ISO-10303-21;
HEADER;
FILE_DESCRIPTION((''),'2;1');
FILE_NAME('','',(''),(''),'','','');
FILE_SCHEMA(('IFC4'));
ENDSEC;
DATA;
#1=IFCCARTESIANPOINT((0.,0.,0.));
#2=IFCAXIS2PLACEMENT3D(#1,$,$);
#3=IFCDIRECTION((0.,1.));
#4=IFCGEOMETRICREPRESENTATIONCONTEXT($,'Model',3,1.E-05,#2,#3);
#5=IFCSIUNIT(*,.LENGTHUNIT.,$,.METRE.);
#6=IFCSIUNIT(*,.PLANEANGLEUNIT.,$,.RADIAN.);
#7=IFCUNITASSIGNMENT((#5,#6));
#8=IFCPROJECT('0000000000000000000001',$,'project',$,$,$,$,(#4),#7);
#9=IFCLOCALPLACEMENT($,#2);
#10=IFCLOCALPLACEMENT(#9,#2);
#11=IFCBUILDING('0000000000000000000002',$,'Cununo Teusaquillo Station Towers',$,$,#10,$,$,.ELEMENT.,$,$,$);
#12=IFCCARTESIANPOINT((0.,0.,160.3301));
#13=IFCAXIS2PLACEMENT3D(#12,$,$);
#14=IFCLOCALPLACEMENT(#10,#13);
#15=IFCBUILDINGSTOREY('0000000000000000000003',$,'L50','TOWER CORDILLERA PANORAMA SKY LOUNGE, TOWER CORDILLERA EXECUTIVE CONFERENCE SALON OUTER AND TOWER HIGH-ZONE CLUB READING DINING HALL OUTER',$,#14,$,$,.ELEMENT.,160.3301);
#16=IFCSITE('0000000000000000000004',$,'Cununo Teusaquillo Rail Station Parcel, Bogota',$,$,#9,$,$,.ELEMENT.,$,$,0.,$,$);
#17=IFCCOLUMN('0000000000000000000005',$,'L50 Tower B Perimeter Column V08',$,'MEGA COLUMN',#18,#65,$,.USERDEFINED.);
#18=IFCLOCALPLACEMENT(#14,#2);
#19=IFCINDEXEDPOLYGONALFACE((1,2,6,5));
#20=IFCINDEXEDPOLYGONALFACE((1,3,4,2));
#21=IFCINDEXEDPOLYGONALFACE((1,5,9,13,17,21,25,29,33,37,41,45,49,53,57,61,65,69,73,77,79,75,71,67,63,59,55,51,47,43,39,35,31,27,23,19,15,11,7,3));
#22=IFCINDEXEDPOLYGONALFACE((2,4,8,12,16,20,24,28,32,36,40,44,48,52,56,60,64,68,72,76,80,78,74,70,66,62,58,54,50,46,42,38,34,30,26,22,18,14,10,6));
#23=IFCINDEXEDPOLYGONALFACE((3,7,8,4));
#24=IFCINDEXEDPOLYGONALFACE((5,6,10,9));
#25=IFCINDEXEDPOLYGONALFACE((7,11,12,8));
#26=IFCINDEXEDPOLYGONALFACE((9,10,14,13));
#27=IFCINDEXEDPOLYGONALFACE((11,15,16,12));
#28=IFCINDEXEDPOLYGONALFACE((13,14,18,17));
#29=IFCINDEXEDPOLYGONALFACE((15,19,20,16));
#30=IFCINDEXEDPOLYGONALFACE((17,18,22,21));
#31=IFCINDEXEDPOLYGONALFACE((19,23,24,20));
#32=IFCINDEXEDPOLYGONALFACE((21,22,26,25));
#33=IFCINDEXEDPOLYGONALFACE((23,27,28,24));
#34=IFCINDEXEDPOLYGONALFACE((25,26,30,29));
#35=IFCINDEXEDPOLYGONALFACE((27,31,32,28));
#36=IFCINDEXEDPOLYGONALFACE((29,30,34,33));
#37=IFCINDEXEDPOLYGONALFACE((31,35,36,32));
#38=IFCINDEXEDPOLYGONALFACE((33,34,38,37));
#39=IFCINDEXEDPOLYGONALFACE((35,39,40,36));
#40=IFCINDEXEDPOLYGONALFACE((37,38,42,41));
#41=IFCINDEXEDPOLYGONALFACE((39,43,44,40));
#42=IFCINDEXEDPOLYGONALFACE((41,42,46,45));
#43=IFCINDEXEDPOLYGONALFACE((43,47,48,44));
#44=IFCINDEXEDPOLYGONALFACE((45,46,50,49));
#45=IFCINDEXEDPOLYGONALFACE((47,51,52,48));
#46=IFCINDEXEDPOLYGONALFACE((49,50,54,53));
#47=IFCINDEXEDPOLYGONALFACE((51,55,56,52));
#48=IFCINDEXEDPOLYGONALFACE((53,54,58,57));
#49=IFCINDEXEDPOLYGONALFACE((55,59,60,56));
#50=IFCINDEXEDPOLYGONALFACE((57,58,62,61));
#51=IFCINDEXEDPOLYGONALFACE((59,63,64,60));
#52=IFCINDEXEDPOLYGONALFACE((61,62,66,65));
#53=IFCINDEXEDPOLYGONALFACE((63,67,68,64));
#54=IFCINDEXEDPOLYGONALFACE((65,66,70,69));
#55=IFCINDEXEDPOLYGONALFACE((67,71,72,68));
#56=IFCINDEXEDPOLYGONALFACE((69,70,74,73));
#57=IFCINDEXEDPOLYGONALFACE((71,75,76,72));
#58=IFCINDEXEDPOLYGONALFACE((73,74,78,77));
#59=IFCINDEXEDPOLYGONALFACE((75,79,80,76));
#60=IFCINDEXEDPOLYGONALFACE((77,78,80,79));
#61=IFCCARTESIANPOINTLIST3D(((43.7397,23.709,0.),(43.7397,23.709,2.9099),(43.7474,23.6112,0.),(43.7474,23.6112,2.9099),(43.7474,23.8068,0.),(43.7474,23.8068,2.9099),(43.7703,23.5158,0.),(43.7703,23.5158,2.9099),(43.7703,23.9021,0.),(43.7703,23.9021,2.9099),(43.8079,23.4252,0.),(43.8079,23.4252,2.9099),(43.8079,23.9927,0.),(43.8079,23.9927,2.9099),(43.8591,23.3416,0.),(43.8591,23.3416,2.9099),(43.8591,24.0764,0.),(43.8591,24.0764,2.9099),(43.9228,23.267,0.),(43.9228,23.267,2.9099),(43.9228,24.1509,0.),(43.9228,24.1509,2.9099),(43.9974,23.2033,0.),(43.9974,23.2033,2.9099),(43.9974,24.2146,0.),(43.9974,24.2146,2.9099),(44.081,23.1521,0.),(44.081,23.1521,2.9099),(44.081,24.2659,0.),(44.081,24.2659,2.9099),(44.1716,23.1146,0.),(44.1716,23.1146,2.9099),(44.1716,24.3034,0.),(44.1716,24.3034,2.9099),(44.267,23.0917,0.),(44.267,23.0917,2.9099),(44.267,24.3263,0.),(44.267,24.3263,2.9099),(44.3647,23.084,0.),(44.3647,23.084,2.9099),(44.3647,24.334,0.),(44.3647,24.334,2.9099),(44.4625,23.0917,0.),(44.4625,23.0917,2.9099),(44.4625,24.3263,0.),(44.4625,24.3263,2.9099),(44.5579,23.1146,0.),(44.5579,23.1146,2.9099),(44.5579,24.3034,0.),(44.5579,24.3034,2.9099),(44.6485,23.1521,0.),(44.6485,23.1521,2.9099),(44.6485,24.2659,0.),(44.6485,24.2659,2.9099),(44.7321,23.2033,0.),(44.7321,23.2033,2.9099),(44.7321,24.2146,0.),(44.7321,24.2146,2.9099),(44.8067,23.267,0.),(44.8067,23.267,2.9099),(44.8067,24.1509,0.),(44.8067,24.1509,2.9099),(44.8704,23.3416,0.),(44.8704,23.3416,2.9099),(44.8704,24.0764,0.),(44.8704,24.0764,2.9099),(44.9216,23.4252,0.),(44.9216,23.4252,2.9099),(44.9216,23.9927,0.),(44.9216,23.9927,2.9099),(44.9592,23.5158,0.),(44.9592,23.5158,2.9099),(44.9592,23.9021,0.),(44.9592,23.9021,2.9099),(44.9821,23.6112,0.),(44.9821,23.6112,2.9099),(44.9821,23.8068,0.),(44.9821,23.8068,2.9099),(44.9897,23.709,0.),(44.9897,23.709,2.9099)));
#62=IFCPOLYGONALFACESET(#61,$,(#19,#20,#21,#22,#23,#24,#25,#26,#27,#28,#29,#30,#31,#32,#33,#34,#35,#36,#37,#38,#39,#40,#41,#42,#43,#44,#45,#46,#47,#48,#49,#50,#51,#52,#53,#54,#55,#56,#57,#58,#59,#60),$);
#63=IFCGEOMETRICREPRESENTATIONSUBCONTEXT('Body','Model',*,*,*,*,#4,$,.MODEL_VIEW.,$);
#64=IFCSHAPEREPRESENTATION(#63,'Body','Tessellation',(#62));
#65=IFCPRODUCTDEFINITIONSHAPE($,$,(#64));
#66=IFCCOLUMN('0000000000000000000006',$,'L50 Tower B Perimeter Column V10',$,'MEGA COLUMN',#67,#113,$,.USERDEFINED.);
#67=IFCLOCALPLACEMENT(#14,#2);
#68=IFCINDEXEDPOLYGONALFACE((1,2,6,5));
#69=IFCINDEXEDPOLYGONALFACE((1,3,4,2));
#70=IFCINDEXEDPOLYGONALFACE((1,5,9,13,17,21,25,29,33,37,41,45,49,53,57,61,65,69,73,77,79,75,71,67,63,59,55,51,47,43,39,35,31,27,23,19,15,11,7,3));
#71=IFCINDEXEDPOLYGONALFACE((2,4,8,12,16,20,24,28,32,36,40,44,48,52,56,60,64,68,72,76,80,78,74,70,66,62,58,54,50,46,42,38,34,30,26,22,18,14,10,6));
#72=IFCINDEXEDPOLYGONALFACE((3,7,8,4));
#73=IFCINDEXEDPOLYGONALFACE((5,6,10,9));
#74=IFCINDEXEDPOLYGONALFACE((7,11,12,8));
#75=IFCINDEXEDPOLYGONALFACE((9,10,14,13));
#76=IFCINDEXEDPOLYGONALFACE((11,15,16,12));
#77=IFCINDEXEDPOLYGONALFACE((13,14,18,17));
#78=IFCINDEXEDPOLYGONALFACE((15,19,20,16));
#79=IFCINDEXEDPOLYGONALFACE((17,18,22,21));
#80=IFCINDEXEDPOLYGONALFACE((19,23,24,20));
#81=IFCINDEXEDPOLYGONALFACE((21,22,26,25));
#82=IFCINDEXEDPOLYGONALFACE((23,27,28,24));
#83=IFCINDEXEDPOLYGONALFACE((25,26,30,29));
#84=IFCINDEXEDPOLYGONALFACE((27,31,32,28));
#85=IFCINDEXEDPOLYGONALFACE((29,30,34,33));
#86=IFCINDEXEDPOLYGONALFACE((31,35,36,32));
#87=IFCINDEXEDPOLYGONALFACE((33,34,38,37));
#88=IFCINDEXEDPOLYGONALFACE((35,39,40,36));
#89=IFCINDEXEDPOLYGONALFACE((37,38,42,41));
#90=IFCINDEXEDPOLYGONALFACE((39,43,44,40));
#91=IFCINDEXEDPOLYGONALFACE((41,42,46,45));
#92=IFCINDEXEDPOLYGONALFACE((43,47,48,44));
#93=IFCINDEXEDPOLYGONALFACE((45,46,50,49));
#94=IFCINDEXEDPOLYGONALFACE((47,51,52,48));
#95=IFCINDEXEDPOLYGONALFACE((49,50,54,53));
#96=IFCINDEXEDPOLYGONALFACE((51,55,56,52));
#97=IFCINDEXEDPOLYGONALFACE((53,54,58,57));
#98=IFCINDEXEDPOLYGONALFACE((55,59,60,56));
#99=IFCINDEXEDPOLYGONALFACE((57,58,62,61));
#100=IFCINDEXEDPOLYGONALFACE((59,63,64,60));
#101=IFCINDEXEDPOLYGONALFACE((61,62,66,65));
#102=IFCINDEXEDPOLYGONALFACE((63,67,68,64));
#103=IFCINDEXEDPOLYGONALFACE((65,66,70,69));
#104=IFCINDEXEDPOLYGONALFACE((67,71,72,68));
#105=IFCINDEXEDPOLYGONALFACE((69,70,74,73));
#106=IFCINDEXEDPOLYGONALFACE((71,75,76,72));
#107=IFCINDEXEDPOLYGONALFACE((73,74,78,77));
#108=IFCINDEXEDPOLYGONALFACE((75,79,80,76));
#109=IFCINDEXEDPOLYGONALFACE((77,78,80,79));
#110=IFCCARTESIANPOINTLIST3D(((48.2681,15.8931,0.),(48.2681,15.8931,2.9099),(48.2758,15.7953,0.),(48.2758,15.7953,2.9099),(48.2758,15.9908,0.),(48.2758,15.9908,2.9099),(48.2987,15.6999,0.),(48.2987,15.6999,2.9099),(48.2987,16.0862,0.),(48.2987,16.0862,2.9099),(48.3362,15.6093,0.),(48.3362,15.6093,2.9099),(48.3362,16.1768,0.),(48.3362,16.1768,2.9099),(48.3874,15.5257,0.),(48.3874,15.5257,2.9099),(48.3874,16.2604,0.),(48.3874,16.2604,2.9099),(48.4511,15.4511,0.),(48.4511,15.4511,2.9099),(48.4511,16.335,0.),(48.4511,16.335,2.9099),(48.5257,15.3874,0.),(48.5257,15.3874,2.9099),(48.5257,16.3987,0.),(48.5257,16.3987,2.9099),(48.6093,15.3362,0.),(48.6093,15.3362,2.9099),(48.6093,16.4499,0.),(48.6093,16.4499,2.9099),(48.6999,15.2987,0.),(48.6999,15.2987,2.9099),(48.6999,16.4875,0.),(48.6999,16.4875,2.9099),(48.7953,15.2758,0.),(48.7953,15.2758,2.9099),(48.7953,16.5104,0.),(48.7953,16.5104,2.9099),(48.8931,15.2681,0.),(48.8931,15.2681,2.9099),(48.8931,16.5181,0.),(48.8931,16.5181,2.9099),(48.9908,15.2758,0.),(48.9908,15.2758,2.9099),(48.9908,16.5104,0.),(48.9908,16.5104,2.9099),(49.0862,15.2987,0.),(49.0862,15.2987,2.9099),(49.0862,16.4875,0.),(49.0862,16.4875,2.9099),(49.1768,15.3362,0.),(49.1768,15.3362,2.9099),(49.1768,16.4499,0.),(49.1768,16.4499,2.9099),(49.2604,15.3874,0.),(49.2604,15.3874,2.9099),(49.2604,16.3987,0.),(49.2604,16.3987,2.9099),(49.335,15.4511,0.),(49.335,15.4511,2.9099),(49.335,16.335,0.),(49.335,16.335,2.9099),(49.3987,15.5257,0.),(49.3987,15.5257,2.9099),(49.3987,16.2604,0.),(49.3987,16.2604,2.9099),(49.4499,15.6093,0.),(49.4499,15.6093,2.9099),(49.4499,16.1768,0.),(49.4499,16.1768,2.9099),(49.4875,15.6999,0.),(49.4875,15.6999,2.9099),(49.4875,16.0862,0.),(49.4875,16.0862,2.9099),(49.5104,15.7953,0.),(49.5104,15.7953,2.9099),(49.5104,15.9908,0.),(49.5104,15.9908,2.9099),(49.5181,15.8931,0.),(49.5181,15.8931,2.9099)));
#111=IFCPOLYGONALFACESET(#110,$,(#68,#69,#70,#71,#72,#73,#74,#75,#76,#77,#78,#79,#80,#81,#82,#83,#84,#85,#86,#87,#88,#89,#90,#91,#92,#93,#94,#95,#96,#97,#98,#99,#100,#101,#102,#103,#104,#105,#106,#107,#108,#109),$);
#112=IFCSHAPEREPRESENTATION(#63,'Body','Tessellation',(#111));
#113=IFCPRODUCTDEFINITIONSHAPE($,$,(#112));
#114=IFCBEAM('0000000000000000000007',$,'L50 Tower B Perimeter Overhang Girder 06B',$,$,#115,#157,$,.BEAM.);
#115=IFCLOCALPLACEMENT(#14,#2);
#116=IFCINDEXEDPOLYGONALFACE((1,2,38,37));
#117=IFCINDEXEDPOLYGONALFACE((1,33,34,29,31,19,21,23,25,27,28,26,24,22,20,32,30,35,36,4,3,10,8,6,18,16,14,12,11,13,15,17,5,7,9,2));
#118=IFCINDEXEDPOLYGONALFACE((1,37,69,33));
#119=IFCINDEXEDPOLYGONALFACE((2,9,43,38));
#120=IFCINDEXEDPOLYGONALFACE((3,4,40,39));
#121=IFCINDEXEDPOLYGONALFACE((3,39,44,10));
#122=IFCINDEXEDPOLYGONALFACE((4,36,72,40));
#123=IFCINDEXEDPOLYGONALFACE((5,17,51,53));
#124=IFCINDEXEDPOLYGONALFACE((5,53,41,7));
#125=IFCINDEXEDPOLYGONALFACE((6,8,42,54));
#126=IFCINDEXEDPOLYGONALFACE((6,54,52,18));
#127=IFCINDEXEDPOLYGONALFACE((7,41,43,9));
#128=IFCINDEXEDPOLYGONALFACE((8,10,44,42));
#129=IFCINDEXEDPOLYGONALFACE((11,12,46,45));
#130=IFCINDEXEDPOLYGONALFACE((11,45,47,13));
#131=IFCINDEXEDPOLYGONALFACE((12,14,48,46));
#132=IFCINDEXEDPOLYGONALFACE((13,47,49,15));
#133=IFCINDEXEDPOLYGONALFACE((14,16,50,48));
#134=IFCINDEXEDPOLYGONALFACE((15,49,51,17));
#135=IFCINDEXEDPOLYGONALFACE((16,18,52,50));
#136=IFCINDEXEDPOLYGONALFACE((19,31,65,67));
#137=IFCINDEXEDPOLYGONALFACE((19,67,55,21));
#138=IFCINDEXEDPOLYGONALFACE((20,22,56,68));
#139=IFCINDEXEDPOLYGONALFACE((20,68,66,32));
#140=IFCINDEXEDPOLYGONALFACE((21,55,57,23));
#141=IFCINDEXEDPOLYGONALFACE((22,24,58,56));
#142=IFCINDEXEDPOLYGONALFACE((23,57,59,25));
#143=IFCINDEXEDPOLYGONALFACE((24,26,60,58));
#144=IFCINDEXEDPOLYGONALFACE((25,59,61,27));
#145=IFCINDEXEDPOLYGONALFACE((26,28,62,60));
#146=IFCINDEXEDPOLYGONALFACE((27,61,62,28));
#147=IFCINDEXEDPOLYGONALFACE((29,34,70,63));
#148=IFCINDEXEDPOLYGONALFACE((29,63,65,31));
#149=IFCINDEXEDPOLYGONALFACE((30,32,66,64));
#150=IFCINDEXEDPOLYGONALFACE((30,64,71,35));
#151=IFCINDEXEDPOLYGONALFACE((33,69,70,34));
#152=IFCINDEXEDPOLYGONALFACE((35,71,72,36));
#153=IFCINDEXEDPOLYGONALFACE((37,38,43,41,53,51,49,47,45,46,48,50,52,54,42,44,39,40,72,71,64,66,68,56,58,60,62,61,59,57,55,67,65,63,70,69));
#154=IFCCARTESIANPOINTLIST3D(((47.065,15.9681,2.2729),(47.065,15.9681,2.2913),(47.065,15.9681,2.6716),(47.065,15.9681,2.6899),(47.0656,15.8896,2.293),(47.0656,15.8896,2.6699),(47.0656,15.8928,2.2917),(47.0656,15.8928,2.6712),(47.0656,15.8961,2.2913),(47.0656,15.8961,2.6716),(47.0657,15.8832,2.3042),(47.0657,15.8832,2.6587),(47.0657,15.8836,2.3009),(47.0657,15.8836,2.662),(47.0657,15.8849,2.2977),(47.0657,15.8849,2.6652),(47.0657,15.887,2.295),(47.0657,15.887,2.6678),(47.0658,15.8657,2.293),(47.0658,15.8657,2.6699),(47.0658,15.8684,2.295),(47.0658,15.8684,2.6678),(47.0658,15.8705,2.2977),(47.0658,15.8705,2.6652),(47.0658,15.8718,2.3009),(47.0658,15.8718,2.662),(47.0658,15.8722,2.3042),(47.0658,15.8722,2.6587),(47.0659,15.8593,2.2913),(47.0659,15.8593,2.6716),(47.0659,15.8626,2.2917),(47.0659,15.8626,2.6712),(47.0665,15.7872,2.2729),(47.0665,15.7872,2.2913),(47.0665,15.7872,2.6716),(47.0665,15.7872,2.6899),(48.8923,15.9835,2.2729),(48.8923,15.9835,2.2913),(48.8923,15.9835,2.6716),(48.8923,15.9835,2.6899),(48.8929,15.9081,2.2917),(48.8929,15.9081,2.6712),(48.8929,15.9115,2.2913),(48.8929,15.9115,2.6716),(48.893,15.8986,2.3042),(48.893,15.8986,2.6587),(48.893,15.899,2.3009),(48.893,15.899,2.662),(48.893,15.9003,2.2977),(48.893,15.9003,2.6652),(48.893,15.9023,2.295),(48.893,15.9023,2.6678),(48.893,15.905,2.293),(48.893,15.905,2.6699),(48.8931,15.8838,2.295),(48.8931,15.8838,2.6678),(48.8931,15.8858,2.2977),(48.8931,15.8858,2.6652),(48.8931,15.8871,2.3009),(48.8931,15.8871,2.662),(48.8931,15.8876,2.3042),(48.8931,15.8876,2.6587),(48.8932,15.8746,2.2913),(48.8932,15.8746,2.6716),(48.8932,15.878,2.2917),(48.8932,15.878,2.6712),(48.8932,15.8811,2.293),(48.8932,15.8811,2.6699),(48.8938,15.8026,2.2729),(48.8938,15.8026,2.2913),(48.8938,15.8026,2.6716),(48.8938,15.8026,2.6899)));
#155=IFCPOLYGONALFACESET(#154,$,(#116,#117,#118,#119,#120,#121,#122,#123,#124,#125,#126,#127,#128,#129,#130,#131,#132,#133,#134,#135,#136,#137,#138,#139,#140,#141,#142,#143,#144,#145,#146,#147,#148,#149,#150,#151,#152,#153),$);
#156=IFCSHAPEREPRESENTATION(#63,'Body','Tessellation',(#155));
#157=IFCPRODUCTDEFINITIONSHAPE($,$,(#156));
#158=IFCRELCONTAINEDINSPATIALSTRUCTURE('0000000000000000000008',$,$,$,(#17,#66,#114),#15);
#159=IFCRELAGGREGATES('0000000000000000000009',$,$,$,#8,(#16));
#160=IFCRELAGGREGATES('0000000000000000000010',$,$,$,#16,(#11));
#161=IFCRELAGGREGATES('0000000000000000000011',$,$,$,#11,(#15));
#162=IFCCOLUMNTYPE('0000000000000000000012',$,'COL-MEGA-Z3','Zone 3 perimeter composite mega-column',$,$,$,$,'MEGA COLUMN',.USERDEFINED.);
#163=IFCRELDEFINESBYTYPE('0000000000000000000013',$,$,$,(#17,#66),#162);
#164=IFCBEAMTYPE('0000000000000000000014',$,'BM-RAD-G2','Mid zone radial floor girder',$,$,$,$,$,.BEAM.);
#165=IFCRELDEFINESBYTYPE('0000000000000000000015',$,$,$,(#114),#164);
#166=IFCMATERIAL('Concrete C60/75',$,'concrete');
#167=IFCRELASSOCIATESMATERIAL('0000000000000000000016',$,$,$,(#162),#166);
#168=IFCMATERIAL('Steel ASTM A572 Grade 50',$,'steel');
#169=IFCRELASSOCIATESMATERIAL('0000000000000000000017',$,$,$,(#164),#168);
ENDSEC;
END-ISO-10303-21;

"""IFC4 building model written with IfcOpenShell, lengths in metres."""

from ifc_helpers import new_model, si_unit, direction, frame, origin, origin_2d, place, context, subcontext, project, spatial, circle, i_section, extrude, material, material_profile, profile_set, type_object, element, save


model = new_model("IFC4")

# Units and contexts
model_context = context("Model", 3, precision=1e-05, world=origin(), true_north=direction((0.0, 1.0)))
body_context = subcontext(model_context, "Body", "Model", "MODEL_VIEW")
ifc_project = project(units=[si_unit("LENGTHUNIT", "METRE"), si_unit("PLANEANGLEUNIT", "RADIAN")], contexts=[model_context])

# Site, building, storey
site_placement = place(None, origin())
site = spatial("IfcSite", under=ifc_project, at=site_placement, Name="Cununo Teusaquillo Rail Station Parcel, Bogota", CompositionType="ELEMENT", RefElevation=0.0)
building_placement = place(site_placement, origin())
building = spatial("IfcBuilding", under=site, at=building_placement, Name="Cununo Teusaquillo Station Towers", CompositionType="ELEMENT")
storey_placement = place(building_placement, frame((0.0, 0.0, 160.3301)))
storey = spatial("IfcBuildingStorey", under=building, at=storey_placement, Name="L50", Description="TOWER CORDILLERA PANORAMA SKY LOUNGE, TOWER CORDILLERA EXECUTIVE CONFERENCE SALON OUTER AND TOWER HIGH-ZONE CLUB READING DINING HALL OUTER", CompositionType="ELEMENT", Elevation=160.3301)

# Columns
ifc_material_1 = material(Name="Concrete C60/75", Category="concrete")
ifc_material_profile_1 = material_profile(ifc_material_1, circle(Radius=0.625, at=origin_2d()), Name="RC-CIRC-1250")
ifc_profile_set_1 = profile_set([ifc_material_profile_1], Name="Concrete C60/75")
column_type = type_object("IfcColumnType", Name="COL-MEGA-Z3", Description="Zone 3 perimeter composite mega-column", ElementType="MEGA COLUMN", PredefinedType="USERDEFINED", material=ifc_profile_set_1)
for number, where, z_axis, x_axis, name in (
    (1, (44.3647, 23.709, 0.0), (0.0, 0.0, 1.0), (1.0, 0.0, 0.0), "L50 Tower B Perimeter Column V08"),
    (2, (48.8931, 15.8931, 0.0), (0.0, 0.0, 1.0), (1.0, 0.0, 0.0), "L50 Tower B Perimeter Column V10"),
):
    element("IfcColumn", number, at=place(storey_placement, frame(where, z_axis=z_axis, x_axis=x_axis)), inside=storey, type_object=column_type, Name=name, ObjectType="MEGA COLUMN", PredefinedType="USERDEFINED", context=body_context, shape_type="SweptSolid", body=[
        extrude(circle(Radius=0.625, at=origin_2d()), origin(), (0.0, 0.0, 1.0), 2.9099),
    ])

# Beam
ifc_material_2 = material(Name="Steel ASTM A572 Grade 50", Category="steel")
ifc_material_profile_2 = material_profile(ifc_material_2, i_section(OverallWidth=0.1809, OverallDepth=0.417, WebThickness=0.011, FlangeThickness=0.0183, FilletRadius=0.0129, at=origin_2d()), Name="W16X57")
ifc_profile_set_2 = profile_set([ifc_material_profile_2], Name="Steel ASTM A572 Grade 50")
beam_type_1 = type_object("IfcBeamType", Name="BM-RAD-G2", Description="Mid zone radial floor girder", PredefinedType="BEAM", material=ifc_profile_set_2)
beam_1_placement = place(storey_placement, frame((48.8931, 15.8931, 2.4814), z_axis=(-0.999965, -0.008417, 0.0), x_axis=(0.008417, -0.999965, 0.0)))
element("IfcBeam", 3, at=beam_1_placement, inside=storey, type_object=beam_type_1, Name="L50 Tower B Perimeter Overhang Girder 06B", PredefinedType="BEAM", context=body_context, shape_type="SweptSolid", body=[
    extrude(i_section(OverallWidth=0.1809, OverallDepth=0.417, WebThickness=0.011, FlangeThickness=0.0183, FilletRadius=0.0129, at=origin_2d()), origin(), (0.0, 0.0, 1.0), 1.8274),
])

save(model, "model.ifc")
